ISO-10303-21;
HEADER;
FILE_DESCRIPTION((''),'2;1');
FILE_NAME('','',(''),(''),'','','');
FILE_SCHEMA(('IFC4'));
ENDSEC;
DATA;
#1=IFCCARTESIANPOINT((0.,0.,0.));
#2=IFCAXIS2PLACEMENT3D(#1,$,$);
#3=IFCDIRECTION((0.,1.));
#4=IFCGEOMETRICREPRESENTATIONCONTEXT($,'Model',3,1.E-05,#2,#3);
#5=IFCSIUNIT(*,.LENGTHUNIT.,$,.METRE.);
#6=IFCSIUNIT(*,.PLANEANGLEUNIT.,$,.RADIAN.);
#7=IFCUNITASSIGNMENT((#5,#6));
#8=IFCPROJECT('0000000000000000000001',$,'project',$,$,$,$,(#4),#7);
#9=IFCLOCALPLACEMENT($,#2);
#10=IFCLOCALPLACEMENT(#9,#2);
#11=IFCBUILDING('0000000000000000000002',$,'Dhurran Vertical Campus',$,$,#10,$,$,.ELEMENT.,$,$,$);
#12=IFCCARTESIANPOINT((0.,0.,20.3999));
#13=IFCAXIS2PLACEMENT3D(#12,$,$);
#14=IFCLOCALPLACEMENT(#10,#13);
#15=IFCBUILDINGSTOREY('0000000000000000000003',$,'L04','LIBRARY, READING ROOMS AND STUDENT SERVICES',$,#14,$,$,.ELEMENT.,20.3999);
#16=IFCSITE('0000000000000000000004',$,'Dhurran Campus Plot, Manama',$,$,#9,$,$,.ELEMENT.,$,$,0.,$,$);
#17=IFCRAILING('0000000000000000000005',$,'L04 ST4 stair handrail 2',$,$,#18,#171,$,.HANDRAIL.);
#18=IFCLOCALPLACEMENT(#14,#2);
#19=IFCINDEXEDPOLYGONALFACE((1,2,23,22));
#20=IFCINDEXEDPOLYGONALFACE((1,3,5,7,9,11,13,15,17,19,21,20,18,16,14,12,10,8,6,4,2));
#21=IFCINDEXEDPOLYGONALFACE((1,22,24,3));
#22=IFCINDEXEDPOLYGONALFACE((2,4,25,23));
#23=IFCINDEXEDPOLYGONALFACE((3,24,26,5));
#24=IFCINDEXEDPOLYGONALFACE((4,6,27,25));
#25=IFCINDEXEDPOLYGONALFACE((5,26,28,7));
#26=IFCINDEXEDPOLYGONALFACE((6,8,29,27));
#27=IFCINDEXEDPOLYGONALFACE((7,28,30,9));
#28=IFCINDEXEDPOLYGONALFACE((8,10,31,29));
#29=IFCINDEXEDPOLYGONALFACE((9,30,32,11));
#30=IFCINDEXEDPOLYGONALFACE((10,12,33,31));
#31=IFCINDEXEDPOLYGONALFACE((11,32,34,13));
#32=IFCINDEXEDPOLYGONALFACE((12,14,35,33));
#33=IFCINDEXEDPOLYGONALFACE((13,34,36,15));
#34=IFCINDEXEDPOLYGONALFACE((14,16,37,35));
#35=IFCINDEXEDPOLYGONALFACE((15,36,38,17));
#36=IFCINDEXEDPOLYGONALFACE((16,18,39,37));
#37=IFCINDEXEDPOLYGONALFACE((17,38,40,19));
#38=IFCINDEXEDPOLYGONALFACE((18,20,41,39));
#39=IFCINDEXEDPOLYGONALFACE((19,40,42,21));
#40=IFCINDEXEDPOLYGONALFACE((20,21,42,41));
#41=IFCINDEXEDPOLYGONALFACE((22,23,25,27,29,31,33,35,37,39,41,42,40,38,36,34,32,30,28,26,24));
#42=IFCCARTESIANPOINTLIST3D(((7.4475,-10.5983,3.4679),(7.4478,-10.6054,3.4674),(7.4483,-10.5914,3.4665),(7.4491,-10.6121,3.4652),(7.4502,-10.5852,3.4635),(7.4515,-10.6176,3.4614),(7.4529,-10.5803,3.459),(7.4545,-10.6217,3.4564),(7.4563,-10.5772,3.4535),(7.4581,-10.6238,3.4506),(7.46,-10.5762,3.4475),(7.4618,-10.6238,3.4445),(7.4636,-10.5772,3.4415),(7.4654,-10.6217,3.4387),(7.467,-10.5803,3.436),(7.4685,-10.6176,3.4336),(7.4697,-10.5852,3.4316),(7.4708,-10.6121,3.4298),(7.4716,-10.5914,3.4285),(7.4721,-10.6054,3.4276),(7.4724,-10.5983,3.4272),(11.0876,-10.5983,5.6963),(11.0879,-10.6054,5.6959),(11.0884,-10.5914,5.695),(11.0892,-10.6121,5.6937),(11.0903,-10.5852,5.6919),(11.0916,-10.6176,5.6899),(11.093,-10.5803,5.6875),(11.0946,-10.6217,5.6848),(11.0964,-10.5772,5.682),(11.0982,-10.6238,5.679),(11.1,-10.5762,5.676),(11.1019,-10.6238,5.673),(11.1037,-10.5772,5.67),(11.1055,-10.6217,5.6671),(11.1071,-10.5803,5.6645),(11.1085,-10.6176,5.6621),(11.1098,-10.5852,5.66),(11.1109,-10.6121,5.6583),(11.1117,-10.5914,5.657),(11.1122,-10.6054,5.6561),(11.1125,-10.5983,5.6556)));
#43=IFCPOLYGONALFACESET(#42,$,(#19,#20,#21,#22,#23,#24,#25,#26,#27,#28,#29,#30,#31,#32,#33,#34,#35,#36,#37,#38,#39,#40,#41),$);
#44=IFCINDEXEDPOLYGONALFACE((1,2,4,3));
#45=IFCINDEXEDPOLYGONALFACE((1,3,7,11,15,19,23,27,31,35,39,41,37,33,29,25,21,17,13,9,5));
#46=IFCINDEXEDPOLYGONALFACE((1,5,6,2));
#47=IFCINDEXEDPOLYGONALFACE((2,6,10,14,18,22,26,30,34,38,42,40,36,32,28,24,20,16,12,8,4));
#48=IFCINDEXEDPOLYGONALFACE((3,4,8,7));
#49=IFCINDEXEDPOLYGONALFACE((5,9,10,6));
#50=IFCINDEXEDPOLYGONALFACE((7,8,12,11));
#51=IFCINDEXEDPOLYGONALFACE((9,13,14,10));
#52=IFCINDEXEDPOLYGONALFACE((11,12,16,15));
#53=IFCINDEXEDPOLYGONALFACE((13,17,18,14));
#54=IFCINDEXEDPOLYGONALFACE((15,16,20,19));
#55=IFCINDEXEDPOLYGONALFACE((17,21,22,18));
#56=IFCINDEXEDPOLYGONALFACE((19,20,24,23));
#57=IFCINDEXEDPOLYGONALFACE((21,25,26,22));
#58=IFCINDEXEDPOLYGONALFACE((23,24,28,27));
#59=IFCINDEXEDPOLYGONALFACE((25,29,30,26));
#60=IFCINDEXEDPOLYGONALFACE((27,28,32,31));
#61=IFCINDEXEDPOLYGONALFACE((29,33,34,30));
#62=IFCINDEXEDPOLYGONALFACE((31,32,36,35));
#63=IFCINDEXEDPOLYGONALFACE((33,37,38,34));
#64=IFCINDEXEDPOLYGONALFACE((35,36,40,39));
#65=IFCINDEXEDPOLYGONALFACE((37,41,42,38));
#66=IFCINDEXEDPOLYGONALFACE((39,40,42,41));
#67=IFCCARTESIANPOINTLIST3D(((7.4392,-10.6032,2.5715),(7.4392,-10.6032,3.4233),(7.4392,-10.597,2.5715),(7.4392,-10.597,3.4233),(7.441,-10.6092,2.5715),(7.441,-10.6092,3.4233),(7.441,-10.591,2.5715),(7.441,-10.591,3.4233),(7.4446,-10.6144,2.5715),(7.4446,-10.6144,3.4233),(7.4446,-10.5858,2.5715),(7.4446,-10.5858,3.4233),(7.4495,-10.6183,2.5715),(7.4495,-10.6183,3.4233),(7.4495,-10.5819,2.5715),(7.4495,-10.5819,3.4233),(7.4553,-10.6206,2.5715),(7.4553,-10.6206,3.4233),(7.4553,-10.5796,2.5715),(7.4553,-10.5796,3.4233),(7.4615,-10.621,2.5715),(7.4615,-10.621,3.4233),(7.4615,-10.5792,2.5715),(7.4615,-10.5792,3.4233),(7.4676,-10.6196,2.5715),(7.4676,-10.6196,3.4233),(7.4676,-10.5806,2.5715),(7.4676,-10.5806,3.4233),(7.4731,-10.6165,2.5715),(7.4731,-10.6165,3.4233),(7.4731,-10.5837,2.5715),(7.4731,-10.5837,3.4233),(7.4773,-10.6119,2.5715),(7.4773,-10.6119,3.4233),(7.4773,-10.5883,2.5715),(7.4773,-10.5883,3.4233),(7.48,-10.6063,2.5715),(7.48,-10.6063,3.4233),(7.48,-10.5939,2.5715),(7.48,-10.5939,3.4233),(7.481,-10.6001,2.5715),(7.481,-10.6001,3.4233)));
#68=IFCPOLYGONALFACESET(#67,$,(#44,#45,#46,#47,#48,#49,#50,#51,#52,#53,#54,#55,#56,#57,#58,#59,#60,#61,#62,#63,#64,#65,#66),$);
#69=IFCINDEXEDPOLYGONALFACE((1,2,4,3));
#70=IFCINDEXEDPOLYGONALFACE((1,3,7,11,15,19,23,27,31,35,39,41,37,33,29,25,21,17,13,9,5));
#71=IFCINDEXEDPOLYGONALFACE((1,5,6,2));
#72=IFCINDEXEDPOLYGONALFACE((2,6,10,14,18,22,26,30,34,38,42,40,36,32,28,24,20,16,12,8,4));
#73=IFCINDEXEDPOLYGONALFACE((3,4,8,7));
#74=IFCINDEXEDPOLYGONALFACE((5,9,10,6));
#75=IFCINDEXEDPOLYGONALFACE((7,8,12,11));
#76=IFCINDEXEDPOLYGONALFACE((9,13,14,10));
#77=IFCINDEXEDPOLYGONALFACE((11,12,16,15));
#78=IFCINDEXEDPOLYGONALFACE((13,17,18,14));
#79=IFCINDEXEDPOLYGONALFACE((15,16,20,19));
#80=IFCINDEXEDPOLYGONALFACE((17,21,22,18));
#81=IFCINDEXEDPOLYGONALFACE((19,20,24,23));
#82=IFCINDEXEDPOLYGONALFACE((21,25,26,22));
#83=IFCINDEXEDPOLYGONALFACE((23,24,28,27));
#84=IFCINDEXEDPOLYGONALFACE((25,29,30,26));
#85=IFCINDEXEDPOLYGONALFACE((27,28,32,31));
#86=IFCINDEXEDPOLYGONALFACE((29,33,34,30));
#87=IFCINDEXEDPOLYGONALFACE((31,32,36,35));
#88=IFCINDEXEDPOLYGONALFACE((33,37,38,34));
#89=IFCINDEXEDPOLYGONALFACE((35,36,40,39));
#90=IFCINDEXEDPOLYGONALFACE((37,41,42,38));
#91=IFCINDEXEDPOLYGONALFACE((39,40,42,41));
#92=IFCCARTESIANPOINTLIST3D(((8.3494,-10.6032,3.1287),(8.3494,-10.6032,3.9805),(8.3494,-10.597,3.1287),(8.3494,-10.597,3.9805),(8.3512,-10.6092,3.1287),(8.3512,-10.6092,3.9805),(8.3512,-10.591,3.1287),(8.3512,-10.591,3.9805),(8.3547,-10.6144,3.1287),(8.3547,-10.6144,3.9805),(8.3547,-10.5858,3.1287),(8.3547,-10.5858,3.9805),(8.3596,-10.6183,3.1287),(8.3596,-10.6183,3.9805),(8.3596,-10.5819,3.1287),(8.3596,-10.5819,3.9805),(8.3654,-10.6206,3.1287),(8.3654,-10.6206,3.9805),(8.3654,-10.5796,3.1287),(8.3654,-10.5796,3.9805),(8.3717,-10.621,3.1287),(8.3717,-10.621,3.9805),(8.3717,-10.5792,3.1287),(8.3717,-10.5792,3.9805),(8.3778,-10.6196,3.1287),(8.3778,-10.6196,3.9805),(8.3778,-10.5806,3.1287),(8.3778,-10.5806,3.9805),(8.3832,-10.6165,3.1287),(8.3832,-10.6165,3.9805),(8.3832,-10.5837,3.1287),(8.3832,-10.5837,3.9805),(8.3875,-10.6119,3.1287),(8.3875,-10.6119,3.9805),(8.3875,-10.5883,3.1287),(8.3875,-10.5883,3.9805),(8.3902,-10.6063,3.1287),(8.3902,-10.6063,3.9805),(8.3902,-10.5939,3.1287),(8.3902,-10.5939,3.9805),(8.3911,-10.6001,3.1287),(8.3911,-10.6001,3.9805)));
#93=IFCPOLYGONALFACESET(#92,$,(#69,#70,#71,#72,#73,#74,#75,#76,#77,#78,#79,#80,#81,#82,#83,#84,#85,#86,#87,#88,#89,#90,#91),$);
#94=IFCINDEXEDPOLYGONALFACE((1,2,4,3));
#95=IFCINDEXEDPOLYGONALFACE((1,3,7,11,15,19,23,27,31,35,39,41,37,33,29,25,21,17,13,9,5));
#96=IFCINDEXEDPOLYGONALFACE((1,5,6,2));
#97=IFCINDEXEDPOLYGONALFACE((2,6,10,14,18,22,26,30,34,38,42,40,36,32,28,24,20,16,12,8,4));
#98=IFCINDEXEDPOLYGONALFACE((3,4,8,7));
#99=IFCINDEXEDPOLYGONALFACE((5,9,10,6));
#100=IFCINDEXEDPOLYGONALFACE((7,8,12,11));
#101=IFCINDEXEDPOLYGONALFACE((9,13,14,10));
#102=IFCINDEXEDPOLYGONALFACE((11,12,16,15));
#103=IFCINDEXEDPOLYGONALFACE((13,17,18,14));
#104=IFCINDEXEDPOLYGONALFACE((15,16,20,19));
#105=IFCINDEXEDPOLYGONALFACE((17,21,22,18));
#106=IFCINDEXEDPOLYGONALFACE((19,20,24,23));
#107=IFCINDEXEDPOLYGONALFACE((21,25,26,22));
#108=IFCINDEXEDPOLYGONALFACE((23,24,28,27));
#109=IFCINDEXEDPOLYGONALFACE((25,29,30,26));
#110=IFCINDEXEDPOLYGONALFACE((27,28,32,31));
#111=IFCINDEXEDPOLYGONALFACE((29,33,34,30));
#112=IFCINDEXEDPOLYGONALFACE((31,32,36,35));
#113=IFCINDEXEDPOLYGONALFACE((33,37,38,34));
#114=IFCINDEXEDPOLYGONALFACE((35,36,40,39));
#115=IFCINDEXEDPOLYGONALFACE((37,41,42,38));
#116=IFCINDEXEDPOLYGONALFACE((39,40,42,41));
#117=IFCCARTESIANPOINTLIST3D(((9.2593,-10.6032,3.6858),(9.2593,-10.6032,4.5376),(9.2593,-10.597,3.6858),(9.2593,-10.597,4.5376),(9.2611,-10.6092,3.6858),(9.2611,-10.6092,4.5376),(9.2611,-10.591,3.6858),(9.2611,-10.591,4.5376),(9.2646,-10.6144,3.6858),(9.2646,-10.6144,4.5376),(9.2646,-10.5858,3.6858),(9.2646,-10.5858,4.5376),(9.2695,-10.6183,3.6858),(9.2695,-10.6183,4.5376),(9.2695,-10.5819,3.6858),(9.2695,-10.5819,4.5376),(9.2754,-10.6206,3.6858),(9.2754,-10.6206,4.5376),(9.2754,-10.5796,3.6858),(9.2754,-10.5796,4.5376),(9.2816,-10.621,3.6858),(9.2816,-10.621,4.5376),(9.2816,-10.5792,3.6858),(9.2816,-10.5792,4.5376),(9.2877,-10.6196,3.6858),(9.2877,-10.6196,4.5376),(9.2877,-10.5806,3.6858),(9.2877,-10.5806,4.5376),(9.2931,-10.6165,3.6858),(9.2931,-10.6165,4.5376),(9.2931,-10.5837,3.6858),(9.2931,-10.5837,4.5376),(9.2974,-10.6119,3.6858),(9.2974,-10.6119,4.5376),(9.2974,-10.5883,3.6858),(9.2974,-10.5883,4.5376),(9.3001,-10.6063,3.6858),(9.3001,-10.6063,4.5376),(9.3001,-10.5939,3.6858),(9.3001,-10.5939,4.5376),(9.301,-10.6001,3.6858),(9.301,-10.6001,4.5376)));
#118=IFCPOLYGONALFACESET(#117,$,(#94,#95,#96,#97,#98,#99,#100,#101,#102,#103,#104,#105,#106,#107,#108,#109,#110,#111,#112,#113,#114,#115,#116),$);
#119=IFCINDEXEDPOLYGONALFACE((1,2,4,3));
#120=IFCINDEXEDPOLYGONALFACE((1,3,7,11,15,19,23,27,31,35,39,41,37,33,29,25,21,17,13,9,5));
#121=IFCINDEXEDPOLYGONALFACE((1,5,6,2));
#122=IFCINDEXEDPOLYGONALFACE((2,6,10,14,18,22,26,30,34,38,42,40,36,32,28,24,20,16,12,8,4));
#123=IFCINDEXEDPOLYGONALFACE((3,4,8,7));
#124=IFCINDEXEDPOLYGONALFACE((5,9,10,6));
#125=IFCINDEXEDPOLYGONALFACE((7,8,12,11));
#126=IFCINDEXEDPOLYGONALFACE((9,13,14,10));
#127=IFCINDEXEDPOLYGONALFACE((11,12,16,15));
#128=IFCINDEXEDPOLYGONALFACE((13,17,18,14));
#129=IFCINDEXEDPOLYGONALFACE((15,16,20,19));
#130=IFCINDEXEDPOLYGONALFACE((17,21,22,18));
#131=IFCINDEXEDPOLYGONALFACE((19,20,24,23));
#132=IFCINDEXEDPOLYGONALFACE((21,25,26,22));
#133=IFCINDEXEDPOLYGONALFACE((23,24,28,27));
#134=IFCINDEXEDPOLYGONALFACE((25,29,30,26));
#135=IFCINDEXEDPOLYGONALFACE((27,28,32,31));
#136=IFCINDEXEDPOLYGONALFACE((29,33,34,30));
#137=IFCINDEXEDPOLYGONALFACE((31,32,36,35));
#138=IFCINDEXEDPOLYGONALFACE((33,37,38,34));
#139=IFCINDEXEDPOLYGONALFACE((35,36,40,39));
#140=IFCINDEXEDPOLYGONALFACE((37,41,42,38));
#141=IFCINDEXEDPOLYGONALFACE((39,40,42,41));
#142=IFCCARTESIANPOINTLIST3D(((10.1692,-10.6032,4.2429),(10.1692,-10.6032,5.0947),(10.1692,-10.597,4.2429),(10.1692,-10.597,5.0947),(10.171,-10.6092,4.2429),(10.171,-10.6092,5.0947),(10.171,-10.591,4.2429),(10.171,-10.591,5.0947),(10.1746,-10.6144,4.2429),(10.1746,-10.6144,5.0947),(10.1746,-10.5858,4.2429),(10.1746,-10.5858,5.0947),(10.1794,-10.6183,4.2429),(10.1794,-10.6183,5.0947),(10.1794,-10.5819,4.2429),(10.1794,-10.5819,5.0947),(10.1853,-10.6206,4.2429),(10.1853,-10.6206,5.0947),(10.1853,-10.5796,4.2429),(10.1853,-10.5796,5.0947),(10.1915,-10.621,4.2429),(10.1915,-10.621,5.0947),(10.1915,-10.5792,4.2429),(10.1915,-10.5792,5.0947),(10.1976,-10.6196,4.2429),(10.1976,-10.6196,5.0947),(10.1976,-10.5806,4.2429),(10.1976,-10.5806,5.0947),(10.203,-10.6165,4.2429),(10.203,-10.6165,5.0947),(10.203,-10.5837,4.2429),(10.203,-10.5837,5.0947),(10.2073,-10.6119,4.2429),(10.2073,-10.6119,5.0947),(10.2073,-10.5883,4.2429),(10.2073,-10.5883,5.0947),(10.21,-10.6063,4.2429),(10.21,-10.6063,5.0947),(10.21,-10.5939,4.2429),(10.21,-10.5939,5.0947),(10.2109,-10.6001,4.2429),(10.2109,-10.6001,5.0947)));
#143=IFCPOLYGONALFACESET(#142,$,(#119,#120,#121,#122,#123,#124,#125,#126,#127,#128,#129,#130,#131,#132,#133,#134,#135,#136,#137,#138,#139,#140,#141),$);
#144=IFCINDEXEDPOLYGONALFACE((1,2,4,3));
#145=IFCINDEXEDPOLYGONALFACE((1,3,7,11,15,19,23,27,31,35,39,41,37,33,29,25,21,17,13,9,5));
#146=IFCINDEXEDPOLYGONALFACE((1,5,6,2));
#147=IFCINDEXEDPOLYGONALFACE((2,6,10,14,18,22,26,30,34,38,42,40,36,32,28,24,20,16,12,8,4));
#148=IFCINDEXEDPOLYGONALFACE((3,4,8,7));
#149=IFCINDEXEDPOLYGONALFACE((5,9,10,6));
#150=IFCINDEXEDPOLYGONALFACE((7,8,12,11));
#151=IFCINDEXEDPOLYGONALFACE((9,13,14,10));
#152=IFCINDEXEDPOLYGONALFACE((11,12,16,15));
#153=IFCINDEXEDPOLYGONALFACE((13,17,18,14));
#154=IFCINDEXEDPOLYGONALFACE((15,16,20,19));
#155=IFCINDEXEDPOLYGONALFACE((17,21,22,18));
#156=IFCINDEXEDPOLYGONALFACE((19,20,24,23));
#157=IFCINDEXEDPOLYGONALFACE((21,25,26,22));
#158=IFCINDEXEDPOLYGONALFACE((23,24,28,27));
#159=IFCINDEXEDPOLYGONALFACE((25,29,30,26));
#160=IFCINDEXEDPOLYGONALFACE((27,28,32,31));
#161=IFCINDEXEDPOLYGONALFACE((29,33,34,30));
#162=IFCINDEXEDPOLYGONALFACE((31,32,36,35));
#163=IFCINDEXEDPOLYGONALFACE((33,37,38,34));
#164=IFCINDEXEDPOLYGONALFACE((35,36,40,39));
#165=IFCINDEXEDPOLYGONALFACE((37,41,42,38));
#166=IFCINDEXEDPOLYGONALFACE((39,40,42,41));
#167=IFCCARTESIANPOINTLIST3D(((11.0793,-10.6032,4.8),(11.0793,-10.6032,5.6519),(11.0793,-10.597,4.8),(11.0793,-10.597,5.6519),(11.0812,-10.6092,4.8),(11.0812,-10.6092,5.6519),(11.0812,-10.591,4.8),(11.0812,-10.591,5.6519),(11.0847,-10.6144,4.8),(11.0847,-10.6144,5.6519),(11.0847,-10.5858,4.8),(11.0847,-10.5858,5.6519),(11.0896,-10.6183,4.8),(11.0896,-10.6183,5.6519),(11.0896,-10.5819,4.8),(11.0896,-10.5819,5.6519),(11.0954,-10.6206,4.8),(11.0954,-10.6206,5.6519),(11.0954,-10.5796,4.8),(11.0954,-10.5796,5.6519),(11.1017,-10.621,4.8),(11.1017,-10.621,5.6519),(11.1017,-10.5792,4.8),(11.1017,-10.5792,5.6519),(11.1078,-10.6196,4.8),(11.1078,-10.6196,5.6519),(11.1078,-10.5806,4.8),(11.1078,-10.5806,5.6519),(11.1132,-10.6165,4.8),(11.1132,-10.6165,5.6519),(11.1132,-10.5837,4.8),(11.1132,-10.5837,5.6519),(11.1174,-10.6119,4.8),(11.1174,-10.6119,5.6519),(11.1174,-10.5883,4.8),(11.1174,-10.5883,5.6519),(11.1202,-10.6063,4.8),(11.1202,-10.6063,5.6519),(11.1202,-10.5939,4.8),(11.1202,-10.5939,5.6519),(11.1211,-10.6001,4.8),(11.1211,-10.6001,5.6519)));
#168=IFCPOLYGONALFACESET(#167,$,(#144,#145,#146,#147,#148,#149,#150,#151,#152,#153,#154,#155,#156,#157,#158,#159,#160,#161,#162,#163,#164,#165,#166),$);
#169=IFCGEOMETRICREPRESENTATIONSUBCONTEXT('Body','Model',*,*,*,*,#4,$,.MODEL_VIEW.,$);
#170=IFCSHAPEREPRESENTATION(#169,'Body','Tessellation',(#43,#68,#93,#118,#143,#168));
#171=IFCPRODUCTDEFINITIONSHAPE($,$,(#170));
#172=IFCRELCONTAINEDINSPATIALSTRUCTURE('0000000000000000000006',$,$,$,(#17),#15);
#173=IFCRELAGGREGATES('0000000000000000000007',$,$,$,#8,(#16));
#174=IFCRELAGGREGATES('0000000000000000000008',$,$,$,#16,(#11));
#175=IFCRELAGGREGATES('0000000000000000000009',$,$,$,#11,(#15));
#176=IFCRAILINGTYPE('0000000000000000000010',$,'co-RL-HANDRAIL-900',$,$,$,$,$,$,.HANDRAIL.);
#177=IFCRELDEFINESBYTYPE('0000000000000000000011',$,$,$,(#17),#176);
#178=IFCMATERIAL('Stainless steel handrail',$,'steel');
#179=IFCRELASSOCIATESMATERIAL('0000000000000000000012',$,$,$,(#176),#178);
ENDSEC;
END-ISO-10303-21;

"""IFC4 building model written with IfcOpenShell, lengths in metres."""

from ifc_helpers import new_model, si_unit, direction, frame, origin, origin_2d, place, context, subcontext, project, spatial, circle, extrude, material, type_object, element, save


model = new_model("IFC4")

# Units and contexts
model_context = context("Model", 3, precision=1e-05, world=origin(), true_north=direction((0.0, 1.0)))
body_context = subcontext(model_context, "Body", "Model", "MODEL_VIEW")
ifc_project = project(units=[si_unit("LENGTHUNIT", "METRE"), si_unit("PLANEANGLEUNIT", "RADIAN")], contexts=[model_context])

# Site, building, storey
site_placement = place(None, origin())
site = spatial("IfcSite", under=ifc_project, at=site_placement, Name="Dhurran Campus Plot, Manama", CompositionType="ELEMENT", RefElevation=0.0)
building_placement = place(site_placement, origin())
building = spatial("IfcBuilding", under=site, at=building_placement, Name="Dhurran Vertical Campus", CompositionType="ELEMENT")
storey_placement = place(building_placement, frame((0.0, 0.0, 20.3999)))
storey = spatial("IfcBuildingStorey", under=building, at=storey_placement, Name="L04", Description="LIBRARY, READING ROOMS AND STUDENT SERVICES", CompositionType="ELEMENT", Elevation=20.3999)

# Railing
ifc_material_1 = material(Name="Stainless steel handrail", Category="steel")
railing_type_1 = type_object("IfcRailingType", Name="co-RL-HANDRAIL-900", PredefinedType="HANDRAIL", material=ifc_material_1)
railing_1_placement = place(storey_placement, frame((7.46, -10.6001, 2.5715)))
element("IfcRailing", 1, at=railing_1_placement, inside=storey, type_object=railing_type_1, Name="L04 ST4 stair handrail 2", PredefinedType="HANDRAIL", context=body_context, shape_type="SweptSolid", body=[
    extrude(circle(Radius=0.0239, at=origin_2d()), frame((0.0, 0.0, 0.876), z_axis=(0.852866, 0.0, 0.52213), x_axis=(0.0, 1.0, 0.0)), (0.0, 0.0, 1.0), 4.2681),
    extrude(circle(Radius=0.021, at=origin_2d()), origin(), (0.0, 0.0, 1.0), 0.8518),
    extrude(circle(Radius=0.021, at=origin_2d()), frame((0.9102, 0.0, 0.5571)), (0.0, 0.0, 1.0), 0.8518),
    extrude(circle(Radius=0.021, at=origin_2d()), frame((1.8201, 0.0, 1.1143)), (0.0, 0.0, 1.0), 0.8518),
    extrude(circle(Radius=0.021, at=origin_2d()), frame((2.73, 0.0, 1.6714)), (0.0, 0.0, 1.0), 0.8518),
    extrude(circle(Radius=0.021, at=origin_2d()), frame((3.6401, 0.0, 2.2285)), (0.0, 0.0, 1.0), 0.8518),
])

save(model, "model.ifc")
